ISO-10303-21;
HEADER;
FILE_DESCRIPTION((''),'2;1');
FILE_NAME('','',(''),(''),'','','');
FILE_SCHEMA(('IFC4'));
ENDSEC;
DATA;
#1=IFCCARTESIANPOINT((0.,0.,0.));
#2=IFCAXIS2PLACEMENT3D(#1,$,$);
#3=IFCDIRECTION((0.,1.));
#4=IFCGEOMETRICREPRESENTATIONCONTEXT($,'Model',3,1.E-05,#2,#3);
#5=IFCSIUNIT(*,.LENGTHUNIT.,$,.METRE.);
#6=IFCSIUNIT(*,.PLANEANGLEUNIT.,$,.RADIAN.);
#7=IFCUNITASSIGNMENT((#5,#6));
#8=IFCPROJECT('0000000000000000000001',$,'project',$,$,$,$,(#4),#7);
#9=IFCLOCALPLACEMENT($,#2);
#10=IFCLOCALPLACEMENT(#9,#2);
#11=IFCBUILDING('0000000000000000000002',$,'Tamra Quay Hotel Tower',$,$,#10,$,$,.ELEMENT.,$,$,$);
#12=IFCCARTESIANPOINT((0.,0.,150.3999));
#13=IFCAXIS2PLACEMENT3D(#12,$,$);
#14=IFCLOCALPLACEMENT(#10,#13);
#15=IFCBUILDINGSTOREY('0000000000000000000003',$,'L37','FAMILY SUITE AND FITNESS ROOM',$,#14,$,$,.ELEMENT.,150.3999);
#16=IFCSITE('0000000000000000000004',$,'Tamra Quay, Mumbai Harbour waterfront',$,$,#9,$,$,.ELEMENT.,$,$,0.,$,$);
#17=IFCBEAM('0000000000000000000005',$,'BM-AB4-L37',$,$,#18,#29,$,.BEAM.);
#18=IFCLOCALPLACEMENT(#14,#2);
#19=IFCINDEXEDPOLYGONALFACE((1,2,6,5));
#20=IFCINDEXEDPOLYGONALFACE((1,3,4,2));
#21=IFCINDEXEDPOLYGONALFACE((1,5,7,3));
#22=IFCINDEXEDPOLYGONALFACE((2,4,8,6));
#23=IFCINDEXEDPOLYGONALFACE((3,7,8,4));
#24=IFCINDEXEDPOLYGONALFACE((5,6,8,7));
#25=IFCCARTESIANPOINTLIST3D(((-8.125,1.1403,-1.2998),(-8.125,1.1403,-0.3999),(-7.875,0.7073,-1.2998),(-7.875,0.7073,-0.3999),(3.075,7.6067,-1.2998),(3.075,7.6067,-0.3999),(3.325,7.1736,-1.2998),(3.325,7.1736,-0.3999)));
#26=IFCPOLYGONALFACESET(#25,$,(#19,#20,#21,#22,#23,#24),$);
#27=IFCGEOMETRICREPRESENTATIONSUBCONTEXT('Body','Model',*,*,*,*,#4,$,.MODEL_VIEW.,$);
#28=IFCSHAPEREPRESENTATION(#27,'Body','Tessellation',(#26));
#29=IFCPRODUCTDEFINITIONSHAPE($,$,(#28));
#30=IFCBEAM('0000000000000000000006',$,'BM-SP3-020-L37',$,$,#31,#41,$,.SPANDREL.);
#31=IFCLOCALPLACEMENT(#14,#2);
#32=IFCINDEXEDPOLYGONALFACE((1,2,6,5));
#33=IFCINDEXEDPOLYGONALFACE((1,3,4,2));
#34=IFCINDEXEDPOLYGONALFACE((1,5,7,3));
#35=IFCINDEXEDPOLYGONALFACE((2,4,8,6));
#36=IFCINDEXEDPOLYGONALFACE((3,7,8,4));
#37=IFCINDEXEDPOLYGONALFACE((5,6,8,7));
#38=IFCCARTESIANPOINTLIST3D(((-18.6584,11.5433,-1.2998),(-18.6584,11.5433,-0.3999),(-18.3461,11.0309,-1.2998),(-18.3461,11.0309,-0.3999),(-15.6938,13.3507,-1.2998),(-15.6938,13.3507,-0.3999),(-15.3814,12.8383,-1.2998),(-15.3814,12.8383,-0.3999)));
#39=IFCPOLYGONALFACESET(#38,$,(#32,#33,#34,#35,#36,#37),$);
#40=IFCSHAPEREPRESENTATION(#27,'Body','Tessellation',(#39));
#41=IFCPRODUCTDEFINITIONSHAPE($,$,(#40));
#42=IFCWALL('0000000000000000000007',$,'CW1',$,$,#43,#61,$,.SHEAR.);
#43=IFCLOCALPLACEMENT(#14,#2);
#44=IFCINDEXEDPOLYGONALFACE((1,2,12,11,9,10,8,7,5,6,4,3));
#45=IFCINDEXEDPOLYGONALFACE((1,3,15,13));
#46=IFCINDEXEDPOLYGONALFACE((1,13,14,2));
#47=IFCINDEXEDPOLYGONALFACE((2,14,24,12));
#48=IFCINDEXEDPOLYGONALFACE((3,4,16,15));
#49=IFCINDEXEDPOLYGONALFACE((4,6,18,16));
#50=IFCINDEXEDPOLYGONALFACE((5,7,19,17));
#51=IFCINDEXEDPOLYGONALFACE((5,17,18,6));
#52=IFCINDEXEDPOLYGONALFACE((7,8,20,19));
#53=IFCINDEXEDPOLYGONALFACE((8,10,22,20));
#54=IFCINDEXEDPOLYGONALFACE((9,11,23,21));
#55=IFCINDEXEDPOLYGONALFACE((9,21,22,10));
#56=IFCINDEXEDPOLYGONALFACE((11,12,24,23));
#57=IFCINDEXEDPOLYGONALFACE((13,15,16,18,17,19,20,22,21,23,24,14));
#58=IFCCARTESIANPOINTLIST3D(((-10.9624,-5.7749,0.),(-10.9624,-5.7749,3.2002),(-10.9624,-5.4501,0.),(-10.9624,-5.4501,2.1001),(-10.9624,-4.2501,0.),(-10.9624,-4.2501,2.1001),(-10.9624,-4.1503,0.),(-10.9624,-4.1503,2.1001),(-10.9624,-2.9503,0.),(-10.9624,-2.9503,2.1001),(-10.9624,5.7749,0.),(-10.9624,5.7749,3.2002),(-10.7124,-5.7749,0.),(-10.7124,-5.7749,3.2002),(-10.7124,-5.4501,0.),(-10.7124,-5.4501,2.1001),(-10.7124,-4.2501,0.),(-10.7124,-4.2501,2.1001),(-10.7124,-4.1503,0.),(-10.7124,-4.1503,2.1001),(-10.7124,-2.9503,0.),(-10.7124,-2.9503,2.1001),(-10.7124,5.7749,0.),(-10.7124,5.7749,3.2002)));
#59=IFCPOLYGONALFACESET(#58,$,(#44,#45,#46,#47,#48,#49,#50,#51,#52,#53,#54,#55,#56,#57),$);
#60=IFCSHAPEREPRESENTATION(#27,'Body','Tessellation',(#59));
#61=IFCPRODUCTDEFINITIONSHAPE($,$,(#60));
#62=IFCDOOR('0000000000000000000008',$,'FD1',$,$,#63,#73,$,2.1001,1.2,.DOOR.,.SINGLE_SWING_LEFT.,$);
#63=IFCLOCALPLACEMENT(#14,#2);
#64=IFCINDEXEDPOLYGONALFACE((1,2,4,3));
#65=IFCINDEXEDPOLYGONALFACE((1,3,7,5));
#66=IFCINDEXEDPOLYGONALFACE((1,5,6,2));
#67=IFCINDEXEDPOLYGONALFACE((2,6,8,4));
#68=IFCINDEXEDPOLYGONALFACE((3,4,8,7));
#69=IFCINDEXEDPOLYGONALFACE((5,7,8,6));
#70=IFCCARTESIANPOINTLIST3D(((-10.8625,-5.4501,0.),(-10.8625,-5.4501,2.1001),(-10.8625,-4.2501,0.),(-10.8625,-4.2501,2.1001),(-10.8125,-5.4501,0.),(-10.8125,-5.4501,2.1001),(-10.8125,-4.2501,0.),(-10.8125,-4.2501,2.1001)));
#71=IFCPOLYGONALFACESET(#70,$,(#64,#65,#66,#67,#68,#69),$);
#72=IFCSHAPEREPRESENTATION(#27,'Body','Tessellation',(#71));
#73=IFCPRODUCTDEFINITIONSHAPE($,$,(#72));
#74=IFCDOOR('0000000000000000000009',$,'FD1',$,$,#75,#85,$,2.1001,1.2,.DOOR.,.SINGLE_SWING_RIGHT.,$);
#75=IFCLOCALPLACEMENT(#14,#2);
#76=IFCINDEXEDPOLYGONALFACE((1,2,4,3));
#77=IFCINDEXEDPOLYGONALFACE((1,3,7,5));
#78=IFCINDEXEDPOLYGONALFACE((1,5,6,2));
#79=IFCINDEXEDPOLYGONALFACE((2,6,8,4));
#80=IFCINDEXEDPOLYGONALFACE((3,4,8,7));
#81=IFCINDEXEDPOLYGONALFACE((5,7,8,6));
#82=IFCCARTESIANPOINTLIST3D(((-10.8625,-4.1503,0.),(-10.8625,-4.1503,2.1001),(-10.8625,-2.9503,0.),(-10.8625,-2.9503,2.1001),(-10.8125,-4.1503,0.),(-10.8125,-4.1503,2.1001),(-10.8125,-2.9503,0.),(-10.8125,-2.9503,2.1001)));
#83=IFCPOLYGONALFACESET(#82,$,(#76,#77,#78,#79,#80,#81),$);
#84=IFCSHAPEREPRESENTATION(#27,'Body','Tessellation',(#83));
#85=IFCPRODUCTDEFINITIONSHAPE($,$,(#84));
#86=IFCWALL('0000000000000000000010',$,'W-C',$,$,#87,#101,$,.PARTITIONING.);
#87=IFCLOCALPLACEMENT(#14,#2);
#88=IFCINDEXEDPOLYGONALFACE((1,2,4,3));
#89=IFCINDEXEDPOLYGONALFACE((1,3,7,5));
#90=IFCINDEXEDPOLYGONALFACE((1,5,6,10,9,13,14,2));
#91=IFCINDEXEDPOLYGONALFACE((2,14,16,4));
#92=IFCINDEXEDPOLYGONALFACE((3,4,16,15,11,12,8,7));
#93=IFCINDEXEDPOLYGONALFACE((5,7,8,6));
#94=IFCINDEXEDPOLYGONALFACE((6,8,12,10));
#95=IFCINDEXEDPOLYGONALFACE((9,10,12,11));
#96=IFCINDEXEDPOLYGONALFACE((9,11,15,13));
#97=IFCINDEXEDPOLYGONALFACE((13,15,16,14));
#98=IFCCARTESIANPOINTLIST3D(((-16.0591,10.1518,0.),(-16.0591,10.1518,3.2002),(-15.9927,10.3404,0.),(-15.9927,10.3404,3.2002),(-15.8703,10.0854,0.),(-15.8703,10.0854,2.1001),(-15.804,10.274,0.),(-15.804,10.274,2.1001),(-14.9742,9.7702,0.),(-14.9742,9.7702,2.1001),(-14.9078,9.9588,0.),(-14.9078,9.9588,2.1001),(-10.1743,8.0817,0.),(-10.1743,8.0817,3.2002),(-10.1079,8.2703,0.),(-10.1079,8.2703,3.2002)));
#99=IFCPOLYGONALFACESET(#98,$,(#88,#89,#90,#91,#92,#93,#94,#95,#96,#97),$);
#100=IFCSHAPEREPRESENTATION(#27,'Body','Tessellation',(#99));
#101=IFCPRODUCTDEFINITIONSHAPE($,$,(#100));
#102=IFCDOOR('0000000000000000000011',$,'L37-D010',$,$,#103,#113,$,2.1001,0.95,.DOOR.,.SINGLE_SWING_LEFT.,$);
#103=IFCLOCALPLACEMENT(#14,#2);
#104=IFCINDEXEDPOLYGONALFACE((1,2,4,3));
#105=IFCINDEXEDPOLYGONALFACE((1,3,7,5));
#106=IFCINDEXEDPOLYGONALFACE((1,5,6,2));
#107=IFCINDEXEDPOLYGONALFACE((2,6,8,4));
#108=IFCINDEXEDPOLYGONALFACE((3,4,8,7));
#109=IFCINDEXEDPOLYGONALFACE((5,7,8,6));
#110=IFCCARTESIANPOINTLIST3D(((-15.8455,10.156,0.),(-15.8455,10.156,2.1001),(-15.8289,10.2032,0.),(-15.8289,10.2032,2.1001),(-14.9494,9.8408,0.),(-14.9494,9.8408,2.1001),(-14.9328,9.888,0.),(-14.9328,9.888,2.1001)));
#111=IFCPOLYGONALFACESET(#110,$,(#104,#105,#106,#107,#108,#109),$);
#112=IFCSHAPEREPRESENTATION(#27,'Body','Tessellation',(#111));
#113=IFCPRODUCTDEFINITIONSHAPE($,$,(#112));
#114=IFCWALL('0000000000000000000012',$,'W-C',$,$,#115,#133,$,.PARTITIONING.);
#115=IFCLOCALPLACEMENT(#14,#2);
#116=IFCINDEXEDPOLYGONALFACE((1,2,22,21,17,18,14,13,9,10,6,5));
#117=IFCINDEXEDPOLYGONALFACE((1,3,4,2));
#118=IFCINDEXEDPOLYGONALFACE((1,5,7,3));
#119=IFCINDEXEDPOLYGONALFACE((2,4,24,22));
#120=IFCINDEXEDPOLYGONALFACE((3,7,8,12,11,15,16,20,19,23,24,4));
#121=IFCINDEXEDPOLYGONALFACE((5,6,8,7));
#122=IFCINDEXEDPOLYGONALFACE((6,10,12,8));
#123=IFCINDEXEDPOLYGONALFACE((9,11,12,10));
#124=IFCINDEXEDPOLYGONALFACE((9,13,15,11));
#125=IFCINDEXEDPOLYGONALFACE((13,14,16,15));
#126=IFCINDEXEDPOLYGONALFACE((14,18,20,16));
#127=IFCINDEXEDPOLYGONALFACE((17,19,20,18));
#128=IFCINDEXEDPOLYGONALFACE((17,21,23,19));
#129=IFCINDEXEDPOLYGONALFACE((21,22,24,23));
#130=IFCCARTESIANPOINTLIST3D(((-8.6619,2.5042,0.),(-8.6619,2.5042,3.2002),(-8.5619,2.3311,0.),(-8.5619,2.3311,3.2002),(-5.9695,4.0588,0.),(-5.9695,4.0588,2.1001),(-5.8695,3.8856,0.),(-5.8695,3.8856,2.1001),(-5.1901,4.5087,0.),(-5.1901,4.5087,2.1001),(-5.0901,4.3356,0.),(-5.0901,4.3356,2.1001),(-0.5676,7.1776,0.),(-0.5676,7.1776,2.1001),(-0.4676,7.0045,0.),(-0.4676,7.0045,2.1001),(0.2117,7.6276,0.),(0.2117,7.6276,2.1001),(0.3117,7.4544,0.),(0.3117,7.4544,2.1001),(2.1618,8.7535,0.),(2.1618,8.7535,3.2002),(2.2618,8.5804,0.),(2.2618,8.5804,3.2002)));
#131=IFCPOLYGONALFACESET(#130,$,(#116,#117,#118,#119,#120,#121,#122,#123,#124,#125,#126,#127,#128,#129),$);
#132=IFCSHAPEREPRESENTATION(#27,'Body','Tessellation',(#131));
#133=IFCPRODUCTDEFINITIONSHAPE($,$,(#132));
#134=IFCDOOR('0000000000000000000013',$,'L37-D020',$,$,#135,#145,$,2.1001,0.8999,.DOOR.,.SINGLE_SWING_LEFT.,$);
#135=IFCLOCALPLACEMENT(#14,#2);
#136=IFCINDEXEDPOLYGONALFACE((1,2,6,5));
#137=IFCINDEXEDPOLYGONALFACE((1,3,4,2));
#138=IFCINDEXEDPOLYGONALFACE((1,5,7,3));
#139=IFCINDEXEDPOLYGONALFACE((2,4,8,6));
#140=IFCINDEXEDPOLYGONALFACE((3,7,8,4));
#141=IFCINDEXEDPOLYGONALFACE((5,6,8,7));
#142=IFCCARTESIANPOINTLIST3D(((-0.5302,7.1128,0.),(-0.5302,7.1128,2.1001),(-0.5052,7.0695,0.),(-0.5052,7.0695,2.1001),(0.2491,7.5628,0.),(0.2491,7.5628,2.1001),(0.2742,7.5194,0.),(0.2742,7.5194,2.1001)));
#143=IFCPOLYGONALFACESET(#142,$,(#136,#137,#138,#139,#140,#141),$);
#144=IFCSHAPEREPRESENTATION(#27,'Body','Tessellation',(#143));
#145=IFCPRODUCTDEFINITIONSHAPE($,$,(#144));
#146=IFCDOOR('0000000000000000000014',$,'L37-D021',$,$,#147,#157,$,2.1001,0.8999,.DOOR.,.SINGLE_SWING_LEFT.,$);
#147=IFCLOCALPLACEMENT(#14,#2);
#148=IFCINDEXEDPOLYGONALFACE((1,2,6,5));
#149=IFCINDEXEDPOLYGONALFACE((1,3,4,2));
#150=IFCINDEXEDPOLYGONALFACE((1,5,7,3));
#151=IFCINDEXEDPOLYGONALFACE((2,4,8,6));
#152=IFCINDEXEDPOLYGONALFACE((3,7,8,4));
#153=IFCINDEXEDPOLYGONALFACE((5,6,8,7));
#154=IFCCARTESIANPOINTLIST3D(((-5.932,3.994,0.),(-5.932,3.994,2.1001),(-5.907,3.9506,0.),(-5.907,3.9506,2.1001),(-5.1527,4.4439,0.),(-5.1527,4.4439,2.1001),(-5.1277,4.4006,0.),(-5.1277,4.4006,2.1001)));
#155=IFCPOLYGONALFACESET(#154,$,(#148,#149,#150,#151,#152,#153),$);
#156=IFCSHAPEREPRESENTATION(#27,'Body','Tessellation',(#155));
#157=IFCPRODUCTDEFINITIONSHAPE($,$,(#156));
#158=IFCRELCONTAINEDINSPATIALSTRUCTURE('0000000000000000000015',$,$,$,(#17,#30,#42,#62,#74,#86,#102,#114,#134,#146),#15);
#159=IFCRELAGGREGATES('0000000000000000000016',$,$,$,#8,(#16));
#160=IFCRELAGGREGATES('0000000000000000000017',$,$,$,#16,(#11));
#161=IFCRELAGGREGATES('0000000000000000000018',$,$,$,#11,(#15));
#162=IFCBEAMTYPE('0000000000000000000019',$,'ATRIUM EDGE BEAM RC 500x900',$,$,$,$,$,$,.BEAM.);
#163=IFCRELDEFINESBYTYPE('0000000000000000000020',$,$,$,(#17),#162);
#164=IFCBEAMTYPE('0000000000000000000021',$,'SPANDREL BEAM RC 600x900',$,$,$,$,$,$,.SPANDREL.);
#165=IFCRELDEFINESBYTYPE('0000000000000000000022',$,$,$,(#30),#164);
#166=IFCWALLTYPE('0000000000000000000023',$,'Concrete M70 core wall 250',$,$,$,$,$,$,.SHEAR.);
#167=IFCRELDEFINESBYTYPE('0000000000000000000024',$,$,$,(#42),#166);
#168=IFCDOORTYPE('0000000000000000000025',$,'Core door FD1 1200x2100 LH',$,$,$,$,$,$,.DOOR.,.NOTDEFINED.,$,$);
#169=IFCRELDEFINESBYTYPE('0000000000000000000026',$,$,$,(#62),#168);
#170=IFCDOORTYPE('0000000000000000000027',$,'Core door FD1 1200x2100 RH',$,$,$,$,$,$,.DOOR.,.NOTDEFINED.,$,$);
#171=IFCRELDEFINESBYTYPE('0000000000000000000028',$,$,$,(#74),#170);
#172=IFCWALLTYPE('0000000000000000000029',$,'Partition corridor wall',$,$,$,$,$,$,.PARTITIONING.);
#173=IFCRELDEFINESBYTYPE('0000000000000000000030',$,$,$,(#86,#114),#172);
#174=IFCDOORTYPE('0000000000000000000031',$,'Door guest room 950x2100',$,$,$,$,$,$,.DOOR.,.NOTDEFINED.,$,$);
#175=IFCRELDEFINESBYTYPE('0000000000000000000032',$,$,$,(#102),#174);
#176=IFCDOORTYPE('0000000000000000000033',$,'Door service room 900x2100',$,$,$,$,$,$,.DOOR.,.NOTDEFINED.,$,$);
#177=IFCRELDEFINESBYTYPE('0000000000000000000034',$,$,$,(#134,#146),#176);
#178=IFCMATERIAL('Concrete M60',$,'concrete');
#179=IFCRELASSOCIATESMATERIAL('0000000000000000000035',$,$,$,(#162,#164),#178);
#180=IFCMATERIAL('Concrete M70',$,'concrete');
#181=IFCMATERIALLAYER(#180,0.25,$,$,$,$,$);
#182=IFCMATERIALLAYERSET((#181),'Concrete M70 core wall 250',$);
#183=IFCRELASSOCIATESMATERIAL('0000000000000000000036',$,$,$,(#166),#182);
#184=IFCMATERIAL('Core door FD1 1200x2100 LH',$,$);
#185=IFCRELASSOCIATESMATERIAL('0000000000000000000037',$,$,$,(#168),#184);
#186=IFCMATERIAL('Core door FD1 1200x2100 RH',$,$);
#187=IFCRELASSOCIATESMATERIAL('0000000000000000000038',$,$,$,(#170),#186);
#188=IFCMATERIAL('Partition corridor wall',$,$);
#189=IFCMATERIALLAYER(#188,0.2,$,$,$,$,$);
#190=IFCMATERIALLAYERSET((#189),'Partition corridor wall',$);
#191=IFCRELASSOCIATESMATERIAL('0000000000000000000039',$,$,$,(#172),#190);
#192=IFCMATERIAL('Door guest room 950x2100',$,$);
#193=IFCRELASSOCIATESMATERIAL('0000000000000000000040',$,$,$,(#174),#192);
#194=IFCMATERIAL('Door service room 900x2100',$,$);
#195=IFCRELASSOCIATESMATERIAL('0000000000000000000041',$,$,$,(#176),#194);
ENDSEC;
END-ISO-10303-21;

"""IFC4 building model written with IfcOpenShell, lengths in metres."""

from ifc_helpers import new_model, si_unit, direction, frame, frame_2d, origin, origin_2d, place, context, subcontext, project, spatial, rectangle, extrude, material, layer, layer_set, material_profile, profile_set, type_object, element, fill, save


model = new_model("IFC4")

# Units and contexts
model_context = context("Model", 3, precision=1e-05, world=origin(), true_north=direction((0.0, 1.0)))
body_context = subcontext(model_context, "Body", "Model", "MODEL_VIEW")
ifc_project = project(units=[si_unit("LENGTHUNIT", "METRE"), si_unit("PLANEANGLEUNIT", "RADIAN")], contexts=[model_context])

# Site, building, storey
site_placement = place(None, origin())
site = spatial("IfcSite", under=ifc_project, at=site_placement, Name="Tamra Quay, Mumbai Harbour waterfront", CompositionType="ELEMENT", RefElevation=0.0)
building_placement = place(site_placement, origin())
building = spatial("IfcBuilding", under=site, at=building_placement, Name="Tamra Quay Hotel Tower", CompositionType="ELEMENT")
storey_placement = place(building_placement, frame((0.0, 0.0, 150.3999)))
storey = spatial("IfcBuildingStorey", under=building, at=storey_placement, Name="L37", Description="FAMILY SUITE AND FITNESS ROOM", CompositionType="ELEMENT", Elevation=150.3999)

# Beams
ifc_material_1 = material(Name="Concrete M60", Category="concrete")
ifc_material_profile_1 = material_profile(ifc_material_1, rectangle(XDim=0.5, YDim=0.8999, at=origin_2d()), Name="ATRIUM EDGE BEAM RC 500x900")
ifc_profile_set_1 = profile_set([ifc_material_profile_1], Name="Concrete M60")
beam_type_1 = type_object("IfcBeamType", Name="ATRIUM EDGE BEAM RC 500x900", PredefinedType="BEAM", material=ifc_profile_set_1)
beam_1_placement = place(storey_placement, frame((-8.0, 0.9238, -0.8499), z_axis=(0.866025, 0.500001, 0.0), x_axis=(-0.500001, 0.866025, 0.0)))
element("IfcBeam", 1, at=beam_1_placement, inside=storey, type_object=beam_type_1, Name="BM-AB4-L37", PredefinedType="BEAM", context=body_context, shape_type="SweptSolid", body=[
    extrude(rectangle(XDim=0.5, YDim=0.8999, at=origin_2d()), origin(), (0.0, 0.0, 1.0), 12.9326),
])
ifc_material_profile_2 = material_profile(ifc_material_1, rectangle(XDim=0.6001, YDim=0.8999, at=origin_2d()), Name="SPANDREL BEAM RC 600x900")
ifc_profile_set_2 = profile_set([ifc_material_profile_2], Name="Concrete M60")
beam_type_2 = type_object("IfcBeamType", Name="SPANDREL BEAM RC 600x900", PredefinedType="SPANDREL", material=ifc_profile_set_2)
beam_2_placement = place(storey_placement, frame((-15.5376, 13.0945, -0.8499), z_axis=(-0.853836, -0.520542, 0.0), x_axis=(0.520542, -0.853836, 0.0)))
element("IfcBeam", 2, at=beam_2_placement, inside=storey, type_object=beam_type_2, Name="BM-SP3-020-L37", PredefinedType="SPANDREL", context=body_context, shape_type="SweptSolid", body=[
    extrude(rectangle(XDim=0.6001, YDim=0.8999, at=origin_2d()), origin(), (0.0, 0.0, 1.0), 3.4722),
])

# Wall, openings, doors
ifc_material_2 = material(Name="Concrete M70", Category="concrete")
ifc_layer_1 = layer(ifc_material_2, 0.25)
ifc_layer_set_1 = layer_set([ifc_layer_1], Name="Concrete M70 core wall 250")
wall_type_1 = type_object("IfcWallType", Name="Concrete M70 core wall 250", PredefinedType="SHEAR", material=ifc_layer_set_1)
wall_1_placement = place(storey_placement, frame((-10.8374, 5.7749, 0.0), z_axis=(0.0, 0.0, 1.0), x_axis=(0.0, -1.0, 0.0)))
wall_1 = element("IfcWall", 3, at=wall_1_placement, inside=storey, type_object=wall_type_1, Name="CW1", PredefinedType="SHEAR", context=body_context, shape_type="SweptSolid", body=[
    extrude(rectangle(XDim=11.5498, YDim=0.25, at=frame_2d((5.7749, 0.0))), origin(), (0.0, 0.0, 1.0), 3.2002),
])
opening_1_placement = place(wall_1_placement, frame((10.0249, 0.0, 0.0)))
opening_1 = element("IfcOpeningElement", 4, at=opening_1_placement, cuts=wall_1, PredefinedType="OPENING", context=body_context, shape_type="SweptSolid", body=[
    extrude(rectangle(XDim=1.2, YDim=2.1001, at=frame_2d((0.6001, 1.05))), frame((0.0, 0.135, 0.0), z_axis=(0.0, -1.0, 0.0), x_axis=(1.0, 0.0, 0.0)), (0.0, 0.0, 1.0), 0.27),
])
opening_2_placement = place(wall_1_placement, frame((8.7251, 0.0, 0.0)))
opening_2 = element("IfcOpeningElement", 5, at=opening_2_placement, cuts=wall_1, PredefinedType="OPENING", context=body_context, shape_type="SweptSolid", body=[
    extrude(rectangle(XDim=1.2, YDim=2.1001, at=frame_2d((0.6001, 1.05))), frame((0.0, 0.135, 0.0), z_axis=(0.0, -1.0, 0.0), x_axis=(1.0, 0.0, 0.0)), (0.0, 0.0, 1.0), 0.27),
])
ifc_material_3 = material(Name="Core door FD1 1200x2100 LH")
door_type_1 = type_object("IfcDoorType", Name="Core door FD1 1200x2100 LH", OperationType="NOTDEFINED", PredefinedType="DOOR", material=ifc_material_3)
door_1_placement = place(opening_1_placement, origin())
door_1 = element("IfcDoor", 6, at=door_1_placement, inside=storey, type_object=door_type_1, Name="FD1", OperationType="SINGLE_SWING_LEFT", OverallHeight=2.1001, OverallWidth=1.2, PredefinedType="DOOR", context=body_context, shape_type="SweptSolid", body=[
    extrude(rectangle(XDim=1.2, YDim=2.1001, at=frame_2d((0.6001, 1.05))), frame((0.0, 0.0249, 0.0), z_axis=(0.0, -1.0, 0.0), x_axis=(1.0, 0.0, 0.0)), (0.0, 0.0, 1.0), 0.05),
])
fill(opening_1, door_1)
ifc_material_4 = material(Name="Core door FD1 1200x2100 RH")
door_type_2 = type_object("IfcDoorType", Name="Core door FD1 1200x2100 RH", OperationType="NOTDEFINED", PredefinedType="DOOR", material=ifc_material_4)
door_2_placement = place(opening_2_placement, origin())
door_2 = element("IfcDoor", 7, at=door_2_placement, inside=storey, type_object=door_type_2, Name="FD1", OperationType="SINGLE_SWING_RIGHT", OverallHeight=2.1001, OverallWidth=1.2, PredefinedType="DOOR", context=body_context, shape_type="SweptSolid", body=[
    extrude(rectangle(XDim=1.2, YDim=2.1001, at=frame_2d((0.6001, 1.05))), frame((0.0, 0.0249, 0.0), z_axis=(0.0, -1.0, 0.0), x_axis=(1.0, 0.0, 0.0)), (0.0, 0.0, 1.0), 0.05),
])
fill(opening_2, door_2)

# Wall, opening, door
ifc_material_5 = material(Name="Partition corridor wall")
ifc_layer_2 = layer(ifc_material_5, 0.2)
ifc_layer_set_2 = layer_set([ifc_layer_2], Name="Partition corridor wall")
wall_type_2 = type_object("IfcWallType", Name="Partition corridor wall", PredefinedType="PARTITIONING", material=ifc_layer_set_2)
wall_2_placement = place(storey_placement, frame((-16.0259, 10.2461, 0.0), z_axis=(0.0, 0.0, 1.0), x_axis=(0.943337, -0.331835, 0.0)))
wall_2 = element("IfcWall", 8, at=wall_2_placement, inside=storey, type_object=wall_type_2, Name="W-C", PredefinedType="PARTITIONING", context=body_context, shape_type="SweptSolid", body=[
    extrude(rectangle(XDim=6.2383, YDim=0.2, at=frame_2d((3.1191, 0.0))), origin(), (0.0, 0.0, 1.0), 3.2002),
])
opening_3_placement = place(wall_2_placement, frame((0.2, 0.0, 0.0)))
opening_3 = element("IfcOpeningElement", 9, at=opening_3_placement, cuts=wall_2, PredefinedType="OPENING", context=body_context, shape_type="SweptSolid", body=[
    extrude(rectangle(XDim=0.95, YDim=2.1001, at=frame_2d((0.4751, 1.05))), frame((0.0, 0.1099, 0.0), z_axis=(0.0, -1.0, 0.0), x_axis=(1.0, 0.0, 0.0)), (0.0, 0.0, 1.0), 0.22),
])
ifc_material_6 = material(Name="Door guest room 950x2100")
door_type_3 = type_object("IfcDoorType", Name="Door guest room 950x2100", OperationType="NOTDEFINED", PredefinedType="DOOR", material=ifc_material_6)
door_3_placement = place(opening_3_placement, origin())
door_3 = element("IfcDoor", 10, at=door_3_placement, inside=storey, type_object=door_type_3, Name="L37-D010", OperationType="SINGLE_SWING_LEFT", OverallHeight=2.1001, OverallWidth=0.95, PredefinedType="DOOR", context=body_context, shape_type="SweptSolid", body=[
    extrude(rectangle(XDim=0.95, YDim=2.1001, at=frame_2d((0.4751, 1.05))), frame((0.0, 0.0249, 0.0), z_axis=(0.0, -1.0, 0.0), x_axis=(1.0, 0.0, 0.0)), (0.0, 0.0, 1.0), 0.05),
])
fill(opening_3, door_3)

# Wall, openings, doors
wall_3_placement = place(storey_placement, frame((-8.6118, 2.4177, 0.0), z_axis=(0.0, 0.0, 1.0), x_axis=(0.866019, 0.500011, 0.0)))
wall_3 = element("IfcWall", 11, at=wall_3_placement, inside=storey, type_object=wall_type_2, Name="W-C", PredefinedType="PARTITIONING", context=body_context, shape_type="SweptSolid", body=[
    extrude(rectangle(XDim=12.4983, YDim=0.2, at=frame_2d((6.249, 0.0))), origin(), (0.0, 0.0, 1.0), 3.2002),
])
opening_4_placement = place(wall_3_placement, frame((9.3464, 0.0, 0.0)))
opening_4 = element("IfcOpeningElement", 12, at=opening_4_placement, cuts=wall_3, PredefinedType="OPENING", context=body_context, shape_type="SweptSolid", body=[
    extrude(rectangle(XDim=0.8999, YDim=2.1001, at=frame_2d((0.45, 1.05))), frame((0.0, 0.1099, 0.0), z_axis=(0.0, -1.0, 0.0), x_axis=(1.0, 0.0, 0.0)), (0.0, 0.0, 1.0), 0.22),
])
opening_5_placement = place(wall_3_placement, frame((3.1089, 0.0, 0.0)))
opening_5 = element("IfcOpeningElement", 13, at=opening_5_placement, cuts=wall_3, PredefinedType="OPENING", context=body_context, shape_type="SweptSolid", body=[
    extrude(rectangle(XDim=0.8999, YDim=2.1001, at=frame_2d((0.45, 1.05))), frame((0.0, 0.1099, 0.0), z_axis=(0.0, -1.0, 0.0), x_axis=(1.0, 0.0, 0.0)), (0.0, 0.0, 1.0), 0.22),
])
ifc_material_7 = material(Name="Door service room 900x2100")
door_type_4 = type_object("IfcDoorType", Name="Door service room 900x2100", OperationType="NOTDEFINED", PredefinedType="DOOR", material=ifc_material_7)
door_4_placement = place(opening_4_placement, frame((0.8999, 0.0, 0.0), z_axis=(0.0, 0.0, 1.0), x_axis=(-1.0, 0.0, 0.0)))
door_4 = element("IfcDoor", 14, at=door_4_placement, inside=storey, type_object=door_type_4, Name="L37-D020", OperationType="SINGLE_SWING_LEFT", OverallHeight=2.1001, OverallWidth=0.8999, PredefinedType="DOOR", context=body_context, shape_type="SweptSolid", body=[
    extrude(rectangle(XDim=0.8999, YDim=2.1001, at=frame_2d((0.45, 1.05))), frame((0.0, 0.0249, 0.0), z_axis=(0.0, -1.0, 0.0), x_axis=(1.0, 0.0, 0.0)), (0.0, 0.0, 1.0), 0.05),
])
fill(opening_4, door_4)
door_5_placement = place(opening_5_placement, frame((0.8999, 0.0, 0.0), z_axis=(0.0, 0.0, 1.0), x_axis=(-1.0, 0.0, 0.0)))
door_5 = element("IfcDoor", 15, at=door_5_placement, inside=storey, type_object=door_type_4, Name="L37-D021", OperationType="SINGLE_SWING_LEFT", OverallHeight=2.1001, OverallWidth=0.8999, PredefinedType="DOOR", context=body_context, shape_type="SweptSolid", body=[
    extrude(rectangle(XDim=0.8999, YDim=2.1001, at=frame_2d((0.45, 1.05))), frame((0.0, 0.0249, 0.0), z_axis=(0.0, -1.0, 0.0), x_axis=(1.0, 0.0, 0.0)), (0.0, 0.0, 1.0), 0.05),
])
fill(opening_5, door_5)

save(model, "model.ifc")
